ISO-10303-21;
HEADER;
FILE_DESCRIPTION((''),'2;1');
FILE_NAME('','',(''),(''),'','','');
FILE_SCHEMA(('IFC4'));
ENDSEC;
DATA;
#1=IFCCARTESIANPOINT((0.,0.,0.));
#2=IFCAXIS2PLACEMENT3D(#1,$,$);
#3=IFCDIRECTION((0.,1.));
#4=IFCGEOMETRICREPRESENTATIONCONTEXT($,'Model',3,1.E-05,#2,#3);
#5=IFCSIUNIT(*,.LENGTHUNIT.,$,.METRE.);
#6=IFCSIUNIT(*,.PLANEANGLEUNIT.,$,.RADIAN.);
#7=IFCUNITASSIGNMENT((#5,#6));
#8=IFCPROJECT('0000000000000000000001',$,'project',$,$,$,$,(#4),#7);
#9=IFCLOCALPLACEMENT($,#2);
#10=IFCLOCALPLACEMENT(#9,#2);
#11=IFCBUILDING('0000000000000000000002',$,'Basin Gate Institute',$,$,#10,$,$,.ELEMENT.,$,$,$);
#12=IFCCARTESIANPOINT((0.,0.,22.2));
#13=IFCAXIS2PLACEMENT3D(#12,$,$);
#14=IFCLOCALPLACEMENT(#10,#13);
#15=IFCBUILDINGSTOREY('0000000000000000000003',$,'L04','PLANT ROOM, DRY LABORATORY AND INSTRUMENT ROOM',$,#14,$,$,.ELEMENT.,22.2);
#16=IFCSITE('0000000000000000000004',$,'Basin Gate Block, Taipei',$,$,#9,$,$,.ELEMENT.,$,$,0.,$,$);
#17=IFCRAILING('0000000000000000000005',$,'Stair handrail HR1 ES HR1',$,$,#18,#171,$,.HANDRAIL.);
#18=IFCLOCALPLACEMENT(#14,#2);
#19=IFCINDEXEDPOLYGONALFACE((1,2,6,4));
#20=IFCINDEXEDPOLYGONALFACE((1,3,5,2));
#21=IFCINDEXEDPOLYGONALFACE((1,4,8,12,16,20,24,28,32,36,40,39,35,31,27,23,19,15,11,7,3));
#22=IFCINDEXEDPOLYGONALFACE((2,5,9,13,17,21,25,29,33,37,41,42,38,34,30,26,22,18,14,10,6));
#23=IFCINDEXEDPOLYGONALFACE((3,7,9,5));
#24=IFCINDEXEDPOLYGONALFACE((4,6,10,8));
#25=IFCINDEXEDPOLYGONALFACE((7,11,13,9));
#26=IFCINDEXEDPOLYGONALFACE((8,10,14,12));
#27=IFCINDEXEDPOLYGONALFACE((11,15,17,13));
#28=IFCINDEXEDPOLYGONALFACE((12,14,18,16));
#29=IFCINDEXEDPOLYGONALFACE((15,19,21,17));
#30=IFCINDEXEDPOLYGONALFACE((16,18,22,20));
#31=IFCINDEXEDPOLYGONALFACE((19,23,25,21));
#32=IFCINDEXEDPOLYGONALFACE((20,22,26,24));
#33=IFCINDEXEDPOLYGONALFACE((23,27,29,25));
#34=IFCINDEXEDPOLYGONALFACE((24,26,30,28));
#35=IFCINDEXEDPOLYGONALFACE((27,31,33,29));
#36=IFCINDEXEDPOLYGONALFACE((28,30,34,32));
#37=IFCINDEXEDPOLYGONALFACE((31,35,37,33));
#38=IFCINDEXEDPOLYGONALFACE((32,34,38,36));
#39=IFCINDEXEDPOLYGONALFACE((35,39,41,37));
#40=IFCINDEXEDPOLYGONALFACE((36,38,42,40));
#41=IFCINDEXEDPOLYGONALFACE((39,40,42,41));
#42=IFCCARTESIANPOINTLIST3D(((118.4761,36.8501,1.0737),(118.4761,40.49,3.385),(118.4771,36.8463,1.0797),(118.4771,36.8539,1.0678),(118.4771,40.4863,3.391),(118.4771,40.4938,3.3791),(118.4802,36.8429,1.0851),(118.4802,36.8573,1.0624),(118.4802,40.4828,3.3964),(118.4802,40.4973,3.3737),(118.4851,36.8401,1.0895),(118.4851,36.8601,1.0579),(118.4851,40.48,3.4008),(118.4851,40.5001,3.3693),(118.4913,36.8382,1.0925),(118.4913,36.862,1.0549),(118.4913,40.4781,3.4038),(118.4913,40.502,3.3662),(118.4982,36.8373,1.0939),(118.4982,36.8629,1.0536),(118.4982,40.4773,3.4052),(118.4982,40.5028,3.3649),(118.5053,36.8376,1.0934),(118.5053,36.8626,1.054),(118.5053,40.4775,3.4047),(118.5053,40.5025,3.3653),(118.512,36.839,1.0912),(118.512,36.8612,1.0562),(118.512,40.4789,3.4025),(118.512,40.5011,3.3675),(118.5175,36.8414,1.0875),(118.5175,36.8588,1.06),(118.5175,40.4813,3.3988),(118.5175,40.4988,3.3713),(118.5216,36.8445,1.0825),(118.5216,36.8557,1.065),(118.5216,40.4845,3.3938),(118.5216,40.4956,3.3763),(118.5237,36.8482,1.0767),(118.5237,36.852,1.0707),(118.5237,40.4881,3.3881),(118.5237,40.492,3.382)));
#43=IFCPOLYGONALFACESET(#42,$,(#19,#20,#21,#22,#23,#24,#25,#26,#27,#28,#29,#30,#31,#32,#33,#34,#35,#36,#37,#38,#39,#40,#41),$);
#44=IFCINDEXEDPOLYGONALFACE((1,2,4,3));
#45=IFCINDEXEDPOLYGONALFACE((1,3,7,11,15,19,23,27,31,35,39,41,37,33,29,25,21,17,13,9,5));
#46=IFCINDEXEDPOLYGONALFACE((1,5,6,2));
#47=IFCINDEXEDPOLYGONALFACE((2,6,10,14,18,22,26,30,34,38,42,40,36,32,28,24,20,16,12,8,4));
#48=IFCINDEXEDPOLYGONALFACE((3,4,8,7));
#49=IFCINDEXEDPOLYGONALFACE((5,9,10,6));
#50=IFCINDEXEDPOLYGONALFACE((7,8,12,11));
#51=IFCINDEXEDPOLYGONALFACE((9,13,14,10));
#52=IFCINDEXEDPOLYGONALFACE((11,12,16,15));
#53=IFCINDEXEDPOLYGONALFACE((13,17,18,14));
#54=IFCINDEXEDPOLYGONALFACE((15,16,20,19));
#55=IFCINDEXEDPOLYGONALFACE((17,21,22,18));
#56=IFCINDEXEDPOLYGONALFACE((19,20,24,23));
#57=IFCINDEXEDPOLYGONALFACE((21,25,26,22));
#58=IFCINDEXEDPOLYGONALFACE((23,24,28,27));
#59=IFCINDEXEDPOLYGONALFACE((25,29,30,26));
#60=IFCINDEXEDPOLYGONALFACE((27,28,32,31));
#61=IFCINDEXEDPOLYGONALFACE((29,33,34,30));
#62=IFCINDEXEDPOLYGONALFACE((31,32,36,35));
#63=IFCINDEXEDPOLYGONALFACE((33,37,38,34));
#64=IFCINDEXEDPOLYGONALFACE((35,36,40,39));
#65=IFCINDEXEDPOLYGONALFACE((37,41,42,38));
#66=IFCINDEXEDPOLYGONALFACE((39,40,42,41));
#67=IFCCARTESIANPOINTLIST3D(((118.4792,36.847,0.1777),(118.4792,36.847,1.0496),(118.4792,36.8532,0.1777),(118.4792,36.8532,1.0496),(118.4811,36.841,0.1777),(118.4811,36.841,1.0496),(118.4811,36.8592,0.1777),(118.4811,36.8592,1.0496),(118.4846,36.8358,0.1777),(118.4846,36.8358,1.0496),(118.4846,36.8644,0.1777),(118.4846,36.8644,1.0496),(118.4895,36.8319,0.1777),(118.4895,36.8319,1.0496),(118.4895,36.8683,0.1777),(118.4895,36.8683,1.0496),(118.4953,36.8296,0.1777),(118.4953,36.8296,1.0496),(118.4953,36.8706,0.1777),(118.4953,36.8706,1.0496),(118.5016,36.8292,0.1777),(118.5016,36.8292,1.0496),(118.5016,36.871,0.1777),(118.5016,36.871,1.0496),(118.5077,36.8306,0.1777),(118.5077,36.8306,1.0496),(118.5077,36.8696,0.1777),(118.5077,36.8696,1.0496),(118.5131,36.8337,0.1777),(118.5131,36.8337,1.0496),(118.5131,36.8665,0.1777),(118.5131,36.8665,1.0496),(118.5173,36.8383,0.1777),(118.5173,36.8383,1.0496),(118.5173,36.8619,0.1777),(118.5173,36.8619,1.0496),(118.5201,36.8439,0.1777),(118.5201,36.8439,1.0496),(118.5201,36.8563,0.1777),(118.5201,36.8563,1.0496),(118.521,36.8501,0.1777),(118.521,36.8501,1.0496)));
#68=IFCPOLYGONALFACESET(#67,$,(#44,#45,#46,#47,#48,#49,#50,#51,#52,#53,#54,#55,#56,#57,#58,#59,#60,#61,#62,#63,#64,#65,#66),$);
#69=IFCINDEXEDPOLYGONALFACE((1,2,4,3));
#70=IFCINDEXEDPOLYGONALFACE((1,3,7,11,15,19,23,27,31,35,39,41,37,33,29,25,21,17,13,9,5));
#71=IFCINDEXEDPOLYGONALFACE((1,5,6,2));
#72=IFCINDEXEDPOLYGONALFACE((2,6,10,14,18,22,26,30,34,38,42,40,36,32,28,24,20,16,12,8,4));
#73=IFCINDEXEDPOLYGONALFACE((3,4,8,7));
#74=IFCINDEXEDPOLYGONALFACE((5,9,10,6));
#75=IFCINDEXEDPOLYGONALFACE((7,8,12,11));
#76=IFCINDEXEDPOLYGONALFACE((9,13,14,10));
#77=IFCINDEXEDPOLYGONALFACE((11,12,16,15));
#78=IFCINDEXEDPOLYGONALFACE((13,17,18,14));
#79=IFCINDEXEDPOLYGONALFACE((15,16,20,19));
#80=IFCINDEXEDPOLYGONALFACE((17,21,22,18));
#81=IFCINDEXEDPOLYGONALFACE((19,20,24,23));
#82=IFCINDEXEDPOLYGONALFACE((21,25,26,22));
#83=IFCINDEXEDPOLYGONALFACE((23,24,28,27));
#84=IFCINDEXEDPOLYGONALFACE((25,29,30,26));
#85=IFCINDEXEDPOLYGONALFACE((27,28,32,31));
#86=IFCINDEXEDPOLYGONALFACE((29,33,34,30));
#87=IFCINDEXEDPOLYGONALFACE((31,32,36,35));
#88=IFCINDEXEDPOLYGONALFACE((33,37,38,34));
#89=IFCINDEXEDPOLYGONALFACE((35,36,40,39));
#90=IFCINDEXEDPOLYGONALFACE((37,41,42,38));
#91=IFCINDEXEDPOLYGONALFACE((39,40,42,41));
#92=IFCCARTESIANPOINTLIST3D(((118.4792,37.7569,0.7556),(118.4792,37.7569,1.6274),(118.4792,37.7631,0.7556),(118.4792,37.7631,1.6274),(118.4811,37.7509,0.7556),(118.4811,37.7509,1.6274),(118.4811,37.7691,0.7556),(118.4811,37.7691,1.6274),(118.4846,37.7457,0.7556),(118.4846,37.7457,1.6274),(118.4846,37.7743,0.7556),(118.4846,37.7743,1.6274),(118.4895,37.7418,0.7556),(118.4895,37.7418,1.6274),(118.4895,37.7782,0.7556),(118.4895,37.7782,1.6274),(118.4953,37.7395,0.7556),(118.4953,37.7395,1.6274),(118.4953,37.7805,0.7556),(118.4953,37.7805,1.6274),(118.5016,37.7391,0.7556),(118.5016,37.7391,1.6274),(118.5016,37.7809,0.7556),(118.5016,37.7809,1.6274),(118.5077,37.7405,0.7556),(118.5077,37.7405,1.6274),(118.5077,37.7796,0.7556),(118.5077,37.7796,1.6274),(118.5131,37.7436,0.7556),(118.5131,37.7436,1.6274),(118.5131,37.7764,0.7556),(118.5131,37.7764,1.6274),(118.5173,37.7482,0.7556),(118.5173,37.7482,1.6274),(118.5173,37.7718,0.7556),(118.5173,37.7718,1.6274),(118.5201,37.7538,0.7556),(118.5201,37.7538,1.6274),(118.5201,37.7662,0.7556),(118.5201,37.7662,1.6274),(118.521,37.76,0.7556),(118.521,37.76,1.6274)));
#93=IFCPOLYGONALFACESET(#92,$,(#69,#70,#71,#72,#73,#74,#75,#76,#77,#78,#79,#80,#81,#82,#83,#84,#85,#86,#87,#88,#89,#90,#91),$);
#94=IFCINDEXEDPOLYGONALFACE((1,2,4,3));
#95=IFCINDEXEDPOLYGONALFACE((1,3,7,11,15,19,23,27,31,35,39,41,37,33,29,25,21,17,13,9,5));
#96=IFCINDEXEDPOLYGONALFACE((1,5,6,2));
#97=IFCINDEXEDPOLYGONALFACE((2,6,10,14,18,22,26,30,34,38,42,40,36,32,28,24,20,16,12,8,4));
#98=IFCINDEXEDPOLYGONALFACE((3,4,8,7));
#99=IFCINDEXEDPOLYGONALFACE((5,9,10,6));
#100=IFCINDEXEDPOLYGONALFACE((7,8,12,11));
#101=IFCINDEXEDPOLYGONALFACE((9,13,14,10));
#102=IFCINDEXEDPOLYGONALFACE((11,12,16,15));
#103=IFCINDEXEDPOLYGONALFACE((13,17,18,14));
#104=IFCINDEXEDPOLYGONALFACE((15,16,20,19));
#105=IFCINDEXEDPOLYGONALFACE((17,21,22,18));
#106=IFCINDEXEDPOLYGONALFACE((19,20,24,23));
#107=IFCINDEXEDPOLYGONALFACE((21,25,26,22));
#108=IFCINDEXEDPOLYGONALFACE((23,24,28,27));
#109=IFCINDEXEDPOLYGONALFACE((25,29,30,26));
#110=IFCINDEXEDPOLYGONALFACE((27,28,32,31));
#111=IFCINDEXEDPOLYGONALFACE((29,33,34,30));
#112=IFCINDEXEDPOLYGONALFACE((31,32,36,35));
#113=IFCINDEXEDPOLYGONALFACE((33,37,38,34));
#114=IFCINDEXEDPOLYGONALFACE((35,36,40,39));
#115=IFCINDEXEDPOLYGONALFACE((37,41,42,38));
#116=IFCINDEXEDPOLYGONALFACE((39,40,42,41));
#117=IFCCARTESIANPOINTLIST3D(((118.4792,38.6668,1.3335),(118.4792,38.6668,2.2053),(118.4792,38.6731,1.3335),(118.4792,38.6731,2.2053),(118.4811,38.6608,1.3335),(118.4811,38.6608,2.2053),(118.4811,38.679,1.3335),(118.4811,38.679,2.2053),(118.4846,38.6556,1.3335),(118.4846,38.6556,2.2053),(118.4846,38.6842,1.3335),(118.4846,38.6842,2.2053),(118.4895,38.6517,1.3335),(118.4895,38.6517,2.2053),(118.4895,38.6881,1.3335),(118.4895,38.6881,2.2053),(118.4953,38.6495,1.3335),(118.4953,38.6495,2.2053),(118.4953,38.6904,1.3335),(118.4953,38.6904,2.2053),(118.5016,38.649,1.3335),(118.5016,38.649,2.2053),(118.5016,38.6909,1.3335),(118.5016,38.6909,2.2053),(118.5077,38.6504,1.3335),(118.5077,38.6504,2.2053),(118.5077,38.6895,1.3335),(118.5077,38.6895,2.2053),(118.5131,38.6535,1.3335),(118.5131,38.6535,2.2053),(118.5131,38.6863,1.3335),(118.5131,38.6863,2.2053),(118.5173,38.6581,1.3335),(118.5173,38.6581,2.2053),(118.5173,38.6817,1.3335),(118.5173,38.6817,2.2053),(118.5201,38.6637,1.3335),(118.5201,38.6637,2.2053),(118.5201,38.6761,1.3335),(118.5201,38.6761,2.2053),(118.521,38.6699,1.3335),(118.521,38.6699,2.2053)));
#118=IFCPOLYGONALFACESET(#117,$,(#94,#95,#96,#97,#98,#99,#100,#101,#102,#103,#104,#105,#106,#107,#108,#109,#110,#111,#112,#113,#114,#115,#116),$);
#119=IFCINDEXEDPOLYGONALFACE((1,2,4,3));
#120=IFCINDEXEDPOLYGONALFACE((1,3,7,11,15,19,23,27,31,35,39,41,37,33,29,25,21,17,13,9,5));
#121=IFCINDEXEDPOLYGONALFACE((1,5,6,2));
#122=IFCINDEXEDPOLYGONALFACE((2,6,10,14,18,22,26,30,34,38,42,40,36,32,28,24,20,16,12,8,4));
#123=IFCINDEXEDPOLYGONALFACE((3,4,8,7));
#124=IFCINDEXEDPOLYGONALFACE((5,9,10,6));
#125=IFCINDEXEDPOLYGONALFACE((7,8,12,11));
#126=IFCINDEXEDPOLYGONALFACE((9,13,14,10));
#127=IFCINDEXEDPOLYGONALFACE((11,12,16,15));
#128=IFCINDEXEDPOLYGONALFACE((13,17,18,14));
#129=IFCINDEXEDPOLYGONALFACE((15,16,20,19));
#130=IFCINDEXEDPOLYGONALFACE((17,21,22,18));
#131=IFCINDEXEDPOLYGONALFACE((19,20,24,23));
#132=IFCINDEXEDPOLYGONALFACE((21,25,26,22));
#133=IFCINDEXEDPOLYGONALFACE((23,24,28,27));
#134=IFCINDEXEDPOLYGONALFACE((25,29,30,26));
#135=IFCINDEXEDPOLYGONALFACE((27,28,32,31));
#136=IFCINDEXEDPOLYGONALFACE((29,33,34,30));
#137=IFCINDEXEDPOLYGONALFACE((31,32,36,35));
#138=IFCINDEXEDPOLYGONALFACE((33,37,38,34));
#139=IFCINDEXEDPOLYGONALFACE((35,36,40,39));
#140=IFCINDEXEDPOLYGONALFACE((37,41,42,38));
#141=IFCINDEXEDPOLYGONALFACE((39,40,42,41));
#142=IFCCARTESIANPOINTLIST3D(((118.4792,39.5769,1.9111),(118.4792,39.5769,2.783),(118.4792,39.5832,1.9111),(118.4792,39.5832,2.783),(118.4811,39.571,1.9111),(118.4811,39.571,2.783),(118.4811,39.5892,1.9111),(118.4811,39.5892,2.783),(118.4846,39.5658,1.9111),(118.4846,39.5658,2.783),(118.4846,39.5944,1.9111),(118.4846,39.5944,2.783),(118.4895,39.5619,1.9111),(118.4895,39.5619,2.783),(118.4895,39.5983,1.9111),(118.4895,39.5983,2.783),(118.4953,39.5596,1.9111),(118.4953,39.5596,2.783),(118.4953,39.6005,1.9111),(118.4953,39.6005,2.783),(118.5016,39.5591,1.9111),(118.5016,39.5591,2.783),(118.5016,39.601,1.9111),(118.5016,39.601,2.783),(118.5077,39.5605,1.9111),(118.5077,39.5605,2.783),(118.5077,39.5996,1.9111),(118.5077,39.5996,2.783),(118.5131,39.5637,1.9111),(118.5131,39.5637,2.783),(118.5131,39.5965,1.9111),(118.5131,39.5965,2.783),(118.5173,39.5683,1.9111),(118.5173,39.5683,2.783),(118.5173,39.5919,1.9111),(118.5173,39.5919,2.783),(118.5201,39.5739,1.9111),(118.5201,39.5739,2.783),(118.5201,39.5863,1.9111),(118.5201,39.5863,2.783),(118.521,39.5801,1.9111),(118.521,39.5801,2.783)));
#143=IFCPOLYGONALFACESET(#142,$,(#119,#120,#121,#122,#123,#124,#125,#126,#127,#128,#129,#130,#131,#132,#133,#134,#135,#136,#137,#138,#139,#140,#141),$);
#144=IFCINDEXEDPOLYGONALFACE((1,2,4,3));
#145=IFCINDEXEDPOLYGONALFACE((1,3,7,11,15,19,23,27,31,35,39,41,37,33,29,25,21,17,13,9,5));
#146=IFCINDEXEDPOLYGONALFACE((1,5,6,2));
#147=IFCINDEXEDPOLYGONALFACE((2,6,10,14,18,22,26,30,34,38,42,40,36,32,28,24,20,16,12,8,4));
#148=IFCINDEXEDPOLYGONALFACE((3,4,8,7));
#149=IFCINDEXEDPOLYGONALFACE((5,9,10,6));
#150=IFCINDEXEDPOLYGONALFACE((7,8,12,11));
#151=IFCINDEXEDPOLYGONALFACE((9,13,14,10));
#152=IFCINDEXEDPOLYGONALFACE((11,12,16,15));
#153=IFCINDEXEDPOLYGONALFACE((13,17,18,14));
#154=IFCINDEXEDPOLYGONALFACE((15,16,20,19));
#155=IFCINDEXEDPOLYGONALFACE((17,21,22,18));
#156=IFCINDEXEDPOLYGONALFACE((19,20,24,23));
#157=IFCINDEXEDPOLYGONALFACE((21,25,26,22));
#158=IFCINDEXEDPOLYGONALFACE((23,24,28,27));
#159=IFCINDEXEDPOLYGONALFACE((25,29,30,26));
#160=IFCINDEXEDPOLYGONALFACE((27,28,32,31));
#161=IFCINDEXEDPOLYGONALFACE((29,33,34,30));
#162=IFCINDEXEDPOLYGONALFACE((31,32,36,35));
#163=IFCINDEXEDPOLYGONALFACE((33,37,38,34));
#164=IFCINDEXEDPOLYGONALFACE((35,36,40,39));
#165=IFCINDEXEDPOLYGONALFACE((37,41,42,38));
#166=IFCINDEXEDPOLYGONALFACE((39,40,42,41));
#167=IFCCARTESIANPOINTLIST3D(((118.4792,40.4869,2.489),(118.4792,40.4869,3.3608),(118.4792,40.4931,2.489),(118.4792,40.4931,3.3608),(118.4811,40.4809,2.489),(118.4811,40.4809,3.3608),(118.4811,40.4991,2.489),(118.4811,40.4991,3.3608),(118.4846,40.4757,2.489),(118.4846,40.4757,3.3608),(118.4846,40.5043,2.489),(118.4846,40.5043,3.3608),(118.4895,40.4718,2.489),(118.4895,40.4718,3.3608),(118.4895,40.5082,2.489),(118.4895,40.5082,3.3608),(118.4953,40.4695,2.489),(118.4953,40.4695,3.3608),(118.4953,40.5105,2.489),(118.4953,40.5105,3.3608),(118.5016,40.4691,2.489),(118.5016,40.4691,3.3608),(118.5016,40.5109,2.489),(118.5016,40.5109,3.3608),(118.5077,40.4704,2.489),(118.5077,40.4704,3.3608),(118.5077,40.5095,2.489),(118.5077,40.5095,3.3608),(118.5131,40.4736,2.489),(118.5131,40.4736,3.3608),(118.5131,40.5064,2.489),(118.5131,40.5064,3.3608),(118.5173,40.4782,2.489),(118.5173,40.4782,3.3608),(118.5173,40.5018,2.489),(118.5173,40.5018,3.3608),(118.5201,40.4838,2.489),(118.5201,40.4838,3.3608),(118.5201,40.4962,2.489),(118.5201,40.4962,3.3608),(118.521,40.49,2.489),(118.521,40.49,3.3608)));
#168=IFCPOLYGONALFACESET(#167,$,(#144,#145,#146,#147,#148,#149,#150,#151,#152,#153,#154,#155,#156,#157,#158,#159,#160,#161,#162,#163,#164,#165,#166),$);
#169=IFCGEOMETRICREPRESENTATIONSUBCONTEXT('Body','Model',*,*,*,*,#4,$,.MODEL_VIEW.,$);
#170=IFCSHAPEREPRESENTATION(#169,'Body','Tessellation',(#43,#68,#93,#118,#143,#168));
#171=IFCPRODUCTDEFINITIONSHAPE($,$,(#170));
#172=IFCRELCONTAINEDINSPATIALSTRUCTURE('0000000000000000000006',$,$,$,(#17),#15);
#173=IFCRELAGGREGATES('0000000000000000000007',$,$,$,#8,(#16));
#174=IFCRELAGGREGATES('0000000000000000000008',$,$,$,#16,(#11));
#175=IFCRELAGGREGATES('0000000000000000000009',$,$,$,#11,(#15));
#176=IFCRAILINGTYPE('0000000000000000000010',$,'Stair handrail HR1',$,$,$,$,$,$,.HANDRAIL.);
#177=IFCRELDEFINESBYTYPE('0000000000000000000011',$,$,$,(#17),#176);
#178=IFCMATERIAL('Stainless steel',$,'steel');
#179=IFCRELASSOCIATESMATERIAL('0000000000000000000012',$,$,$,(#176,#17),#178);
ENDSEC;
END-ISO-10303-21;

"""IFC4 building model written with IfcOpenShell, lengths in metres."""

from ifc_helpers import new_model, si_unit, direction, frame, origin, origin_2d, place, context, subcontext, project, spatial, circle, extrude, material, type_object, element, save


model = new_model("IFC4")

# Units and contexts
model_context = context("Model", 3, precision=1e-05, world=origin(), true_north=direction((0.0, 1.0)))
body_context = subcontext(model_context, "Body", "Model", "MODEL_VIEW")
ifc_project = project(units=[si_unit("LENGTHUNIT", "METRE"), si_unit("PLANEANGLEUNIT", "RADIAN")], contexts=[model_context])

# Site, building, storey
site_placement = place(None, origin())
site = spatial("IfcSite", under=ifc_project, at=site_placement, Name="Basin Gate Block, Taipei", CompositionType="ELEMENT", RefElevation=0.0)
building_placement = place(site_placement, origin())
building = spatial("IfcBuilding", under=site, at=building_placement, Name="Basin Gate Institute", CompositionType="ELEMENT")
storey_placement = place(building_placement, frame((0.0, 0.0, 22.2)))
storey = spatial("IfcBuildingStorey", under=building, at=storey_placement, Name="L04", Description="PLANT ROOM, DRY LABORATORY AND INSTRUMENT ROOM", CompositionType="ELEMENT", Elevation=22.2)

# Railing
ifc_material_1 = material(Name="Stainless steel", Category="steel")
railing_type_1 = type_object("IfcRailingType", Name="Stair handrail HR1", PredefinedType="HANDRAIL", material=ifc_material_1)
for number, where, name in (
    (1, (118.5, 36.8501, 0.1777), "Stair handrail HR1 ES HR1"),
):
    element("IfcRailing", number, at=place(storey_placement, frame(where)), inside=storey, type_object=railing_type_1, material=ifc_material_1, Name=name, PredefinedType="HANDRAIL", context=body_context, shape_type="SweptSolid", body=[
        extrude(circle(Radius=0.0239, at=origin_2d()), frame((0.0, 0.0, 0.896), z_axis=(0.0, 0.844188, 0.536047), x_axis=(-1.0, 0.0, 0.0)), (0.0, 0.0, 1.0), 4.3118),
        extrude(circle(Radius=0.021, at=origin_2d()), origin(), (0.0, 0.0, 1.0), 0.8718),
        extrude(circle(Radius=0.021, at=origin_2d()), frame((0.0, 0.9099, 0.5779)), (0.0, 0.0, 1.0), 0.8718),
        extrude(circle(Radius=0.021, at=origin_2d()), frame((0.0, 1.8198, 1.1558)), (0.0, 0.0, 1.0), 0.8718),
        extrude(circle(Radius=0.021, at=origin_2d()), frame((0.0, 2.73, 1.7334)), (0.0, 0.0, 1.0), 0.8718),
        extrude(circle(Radius=0.021, at=origin_2d()), frame((0.0, 3.6399, 2.3113)), (0.0, 0.0, 1.0), 0.8718),
    ])

save(model, "model.ifc")
